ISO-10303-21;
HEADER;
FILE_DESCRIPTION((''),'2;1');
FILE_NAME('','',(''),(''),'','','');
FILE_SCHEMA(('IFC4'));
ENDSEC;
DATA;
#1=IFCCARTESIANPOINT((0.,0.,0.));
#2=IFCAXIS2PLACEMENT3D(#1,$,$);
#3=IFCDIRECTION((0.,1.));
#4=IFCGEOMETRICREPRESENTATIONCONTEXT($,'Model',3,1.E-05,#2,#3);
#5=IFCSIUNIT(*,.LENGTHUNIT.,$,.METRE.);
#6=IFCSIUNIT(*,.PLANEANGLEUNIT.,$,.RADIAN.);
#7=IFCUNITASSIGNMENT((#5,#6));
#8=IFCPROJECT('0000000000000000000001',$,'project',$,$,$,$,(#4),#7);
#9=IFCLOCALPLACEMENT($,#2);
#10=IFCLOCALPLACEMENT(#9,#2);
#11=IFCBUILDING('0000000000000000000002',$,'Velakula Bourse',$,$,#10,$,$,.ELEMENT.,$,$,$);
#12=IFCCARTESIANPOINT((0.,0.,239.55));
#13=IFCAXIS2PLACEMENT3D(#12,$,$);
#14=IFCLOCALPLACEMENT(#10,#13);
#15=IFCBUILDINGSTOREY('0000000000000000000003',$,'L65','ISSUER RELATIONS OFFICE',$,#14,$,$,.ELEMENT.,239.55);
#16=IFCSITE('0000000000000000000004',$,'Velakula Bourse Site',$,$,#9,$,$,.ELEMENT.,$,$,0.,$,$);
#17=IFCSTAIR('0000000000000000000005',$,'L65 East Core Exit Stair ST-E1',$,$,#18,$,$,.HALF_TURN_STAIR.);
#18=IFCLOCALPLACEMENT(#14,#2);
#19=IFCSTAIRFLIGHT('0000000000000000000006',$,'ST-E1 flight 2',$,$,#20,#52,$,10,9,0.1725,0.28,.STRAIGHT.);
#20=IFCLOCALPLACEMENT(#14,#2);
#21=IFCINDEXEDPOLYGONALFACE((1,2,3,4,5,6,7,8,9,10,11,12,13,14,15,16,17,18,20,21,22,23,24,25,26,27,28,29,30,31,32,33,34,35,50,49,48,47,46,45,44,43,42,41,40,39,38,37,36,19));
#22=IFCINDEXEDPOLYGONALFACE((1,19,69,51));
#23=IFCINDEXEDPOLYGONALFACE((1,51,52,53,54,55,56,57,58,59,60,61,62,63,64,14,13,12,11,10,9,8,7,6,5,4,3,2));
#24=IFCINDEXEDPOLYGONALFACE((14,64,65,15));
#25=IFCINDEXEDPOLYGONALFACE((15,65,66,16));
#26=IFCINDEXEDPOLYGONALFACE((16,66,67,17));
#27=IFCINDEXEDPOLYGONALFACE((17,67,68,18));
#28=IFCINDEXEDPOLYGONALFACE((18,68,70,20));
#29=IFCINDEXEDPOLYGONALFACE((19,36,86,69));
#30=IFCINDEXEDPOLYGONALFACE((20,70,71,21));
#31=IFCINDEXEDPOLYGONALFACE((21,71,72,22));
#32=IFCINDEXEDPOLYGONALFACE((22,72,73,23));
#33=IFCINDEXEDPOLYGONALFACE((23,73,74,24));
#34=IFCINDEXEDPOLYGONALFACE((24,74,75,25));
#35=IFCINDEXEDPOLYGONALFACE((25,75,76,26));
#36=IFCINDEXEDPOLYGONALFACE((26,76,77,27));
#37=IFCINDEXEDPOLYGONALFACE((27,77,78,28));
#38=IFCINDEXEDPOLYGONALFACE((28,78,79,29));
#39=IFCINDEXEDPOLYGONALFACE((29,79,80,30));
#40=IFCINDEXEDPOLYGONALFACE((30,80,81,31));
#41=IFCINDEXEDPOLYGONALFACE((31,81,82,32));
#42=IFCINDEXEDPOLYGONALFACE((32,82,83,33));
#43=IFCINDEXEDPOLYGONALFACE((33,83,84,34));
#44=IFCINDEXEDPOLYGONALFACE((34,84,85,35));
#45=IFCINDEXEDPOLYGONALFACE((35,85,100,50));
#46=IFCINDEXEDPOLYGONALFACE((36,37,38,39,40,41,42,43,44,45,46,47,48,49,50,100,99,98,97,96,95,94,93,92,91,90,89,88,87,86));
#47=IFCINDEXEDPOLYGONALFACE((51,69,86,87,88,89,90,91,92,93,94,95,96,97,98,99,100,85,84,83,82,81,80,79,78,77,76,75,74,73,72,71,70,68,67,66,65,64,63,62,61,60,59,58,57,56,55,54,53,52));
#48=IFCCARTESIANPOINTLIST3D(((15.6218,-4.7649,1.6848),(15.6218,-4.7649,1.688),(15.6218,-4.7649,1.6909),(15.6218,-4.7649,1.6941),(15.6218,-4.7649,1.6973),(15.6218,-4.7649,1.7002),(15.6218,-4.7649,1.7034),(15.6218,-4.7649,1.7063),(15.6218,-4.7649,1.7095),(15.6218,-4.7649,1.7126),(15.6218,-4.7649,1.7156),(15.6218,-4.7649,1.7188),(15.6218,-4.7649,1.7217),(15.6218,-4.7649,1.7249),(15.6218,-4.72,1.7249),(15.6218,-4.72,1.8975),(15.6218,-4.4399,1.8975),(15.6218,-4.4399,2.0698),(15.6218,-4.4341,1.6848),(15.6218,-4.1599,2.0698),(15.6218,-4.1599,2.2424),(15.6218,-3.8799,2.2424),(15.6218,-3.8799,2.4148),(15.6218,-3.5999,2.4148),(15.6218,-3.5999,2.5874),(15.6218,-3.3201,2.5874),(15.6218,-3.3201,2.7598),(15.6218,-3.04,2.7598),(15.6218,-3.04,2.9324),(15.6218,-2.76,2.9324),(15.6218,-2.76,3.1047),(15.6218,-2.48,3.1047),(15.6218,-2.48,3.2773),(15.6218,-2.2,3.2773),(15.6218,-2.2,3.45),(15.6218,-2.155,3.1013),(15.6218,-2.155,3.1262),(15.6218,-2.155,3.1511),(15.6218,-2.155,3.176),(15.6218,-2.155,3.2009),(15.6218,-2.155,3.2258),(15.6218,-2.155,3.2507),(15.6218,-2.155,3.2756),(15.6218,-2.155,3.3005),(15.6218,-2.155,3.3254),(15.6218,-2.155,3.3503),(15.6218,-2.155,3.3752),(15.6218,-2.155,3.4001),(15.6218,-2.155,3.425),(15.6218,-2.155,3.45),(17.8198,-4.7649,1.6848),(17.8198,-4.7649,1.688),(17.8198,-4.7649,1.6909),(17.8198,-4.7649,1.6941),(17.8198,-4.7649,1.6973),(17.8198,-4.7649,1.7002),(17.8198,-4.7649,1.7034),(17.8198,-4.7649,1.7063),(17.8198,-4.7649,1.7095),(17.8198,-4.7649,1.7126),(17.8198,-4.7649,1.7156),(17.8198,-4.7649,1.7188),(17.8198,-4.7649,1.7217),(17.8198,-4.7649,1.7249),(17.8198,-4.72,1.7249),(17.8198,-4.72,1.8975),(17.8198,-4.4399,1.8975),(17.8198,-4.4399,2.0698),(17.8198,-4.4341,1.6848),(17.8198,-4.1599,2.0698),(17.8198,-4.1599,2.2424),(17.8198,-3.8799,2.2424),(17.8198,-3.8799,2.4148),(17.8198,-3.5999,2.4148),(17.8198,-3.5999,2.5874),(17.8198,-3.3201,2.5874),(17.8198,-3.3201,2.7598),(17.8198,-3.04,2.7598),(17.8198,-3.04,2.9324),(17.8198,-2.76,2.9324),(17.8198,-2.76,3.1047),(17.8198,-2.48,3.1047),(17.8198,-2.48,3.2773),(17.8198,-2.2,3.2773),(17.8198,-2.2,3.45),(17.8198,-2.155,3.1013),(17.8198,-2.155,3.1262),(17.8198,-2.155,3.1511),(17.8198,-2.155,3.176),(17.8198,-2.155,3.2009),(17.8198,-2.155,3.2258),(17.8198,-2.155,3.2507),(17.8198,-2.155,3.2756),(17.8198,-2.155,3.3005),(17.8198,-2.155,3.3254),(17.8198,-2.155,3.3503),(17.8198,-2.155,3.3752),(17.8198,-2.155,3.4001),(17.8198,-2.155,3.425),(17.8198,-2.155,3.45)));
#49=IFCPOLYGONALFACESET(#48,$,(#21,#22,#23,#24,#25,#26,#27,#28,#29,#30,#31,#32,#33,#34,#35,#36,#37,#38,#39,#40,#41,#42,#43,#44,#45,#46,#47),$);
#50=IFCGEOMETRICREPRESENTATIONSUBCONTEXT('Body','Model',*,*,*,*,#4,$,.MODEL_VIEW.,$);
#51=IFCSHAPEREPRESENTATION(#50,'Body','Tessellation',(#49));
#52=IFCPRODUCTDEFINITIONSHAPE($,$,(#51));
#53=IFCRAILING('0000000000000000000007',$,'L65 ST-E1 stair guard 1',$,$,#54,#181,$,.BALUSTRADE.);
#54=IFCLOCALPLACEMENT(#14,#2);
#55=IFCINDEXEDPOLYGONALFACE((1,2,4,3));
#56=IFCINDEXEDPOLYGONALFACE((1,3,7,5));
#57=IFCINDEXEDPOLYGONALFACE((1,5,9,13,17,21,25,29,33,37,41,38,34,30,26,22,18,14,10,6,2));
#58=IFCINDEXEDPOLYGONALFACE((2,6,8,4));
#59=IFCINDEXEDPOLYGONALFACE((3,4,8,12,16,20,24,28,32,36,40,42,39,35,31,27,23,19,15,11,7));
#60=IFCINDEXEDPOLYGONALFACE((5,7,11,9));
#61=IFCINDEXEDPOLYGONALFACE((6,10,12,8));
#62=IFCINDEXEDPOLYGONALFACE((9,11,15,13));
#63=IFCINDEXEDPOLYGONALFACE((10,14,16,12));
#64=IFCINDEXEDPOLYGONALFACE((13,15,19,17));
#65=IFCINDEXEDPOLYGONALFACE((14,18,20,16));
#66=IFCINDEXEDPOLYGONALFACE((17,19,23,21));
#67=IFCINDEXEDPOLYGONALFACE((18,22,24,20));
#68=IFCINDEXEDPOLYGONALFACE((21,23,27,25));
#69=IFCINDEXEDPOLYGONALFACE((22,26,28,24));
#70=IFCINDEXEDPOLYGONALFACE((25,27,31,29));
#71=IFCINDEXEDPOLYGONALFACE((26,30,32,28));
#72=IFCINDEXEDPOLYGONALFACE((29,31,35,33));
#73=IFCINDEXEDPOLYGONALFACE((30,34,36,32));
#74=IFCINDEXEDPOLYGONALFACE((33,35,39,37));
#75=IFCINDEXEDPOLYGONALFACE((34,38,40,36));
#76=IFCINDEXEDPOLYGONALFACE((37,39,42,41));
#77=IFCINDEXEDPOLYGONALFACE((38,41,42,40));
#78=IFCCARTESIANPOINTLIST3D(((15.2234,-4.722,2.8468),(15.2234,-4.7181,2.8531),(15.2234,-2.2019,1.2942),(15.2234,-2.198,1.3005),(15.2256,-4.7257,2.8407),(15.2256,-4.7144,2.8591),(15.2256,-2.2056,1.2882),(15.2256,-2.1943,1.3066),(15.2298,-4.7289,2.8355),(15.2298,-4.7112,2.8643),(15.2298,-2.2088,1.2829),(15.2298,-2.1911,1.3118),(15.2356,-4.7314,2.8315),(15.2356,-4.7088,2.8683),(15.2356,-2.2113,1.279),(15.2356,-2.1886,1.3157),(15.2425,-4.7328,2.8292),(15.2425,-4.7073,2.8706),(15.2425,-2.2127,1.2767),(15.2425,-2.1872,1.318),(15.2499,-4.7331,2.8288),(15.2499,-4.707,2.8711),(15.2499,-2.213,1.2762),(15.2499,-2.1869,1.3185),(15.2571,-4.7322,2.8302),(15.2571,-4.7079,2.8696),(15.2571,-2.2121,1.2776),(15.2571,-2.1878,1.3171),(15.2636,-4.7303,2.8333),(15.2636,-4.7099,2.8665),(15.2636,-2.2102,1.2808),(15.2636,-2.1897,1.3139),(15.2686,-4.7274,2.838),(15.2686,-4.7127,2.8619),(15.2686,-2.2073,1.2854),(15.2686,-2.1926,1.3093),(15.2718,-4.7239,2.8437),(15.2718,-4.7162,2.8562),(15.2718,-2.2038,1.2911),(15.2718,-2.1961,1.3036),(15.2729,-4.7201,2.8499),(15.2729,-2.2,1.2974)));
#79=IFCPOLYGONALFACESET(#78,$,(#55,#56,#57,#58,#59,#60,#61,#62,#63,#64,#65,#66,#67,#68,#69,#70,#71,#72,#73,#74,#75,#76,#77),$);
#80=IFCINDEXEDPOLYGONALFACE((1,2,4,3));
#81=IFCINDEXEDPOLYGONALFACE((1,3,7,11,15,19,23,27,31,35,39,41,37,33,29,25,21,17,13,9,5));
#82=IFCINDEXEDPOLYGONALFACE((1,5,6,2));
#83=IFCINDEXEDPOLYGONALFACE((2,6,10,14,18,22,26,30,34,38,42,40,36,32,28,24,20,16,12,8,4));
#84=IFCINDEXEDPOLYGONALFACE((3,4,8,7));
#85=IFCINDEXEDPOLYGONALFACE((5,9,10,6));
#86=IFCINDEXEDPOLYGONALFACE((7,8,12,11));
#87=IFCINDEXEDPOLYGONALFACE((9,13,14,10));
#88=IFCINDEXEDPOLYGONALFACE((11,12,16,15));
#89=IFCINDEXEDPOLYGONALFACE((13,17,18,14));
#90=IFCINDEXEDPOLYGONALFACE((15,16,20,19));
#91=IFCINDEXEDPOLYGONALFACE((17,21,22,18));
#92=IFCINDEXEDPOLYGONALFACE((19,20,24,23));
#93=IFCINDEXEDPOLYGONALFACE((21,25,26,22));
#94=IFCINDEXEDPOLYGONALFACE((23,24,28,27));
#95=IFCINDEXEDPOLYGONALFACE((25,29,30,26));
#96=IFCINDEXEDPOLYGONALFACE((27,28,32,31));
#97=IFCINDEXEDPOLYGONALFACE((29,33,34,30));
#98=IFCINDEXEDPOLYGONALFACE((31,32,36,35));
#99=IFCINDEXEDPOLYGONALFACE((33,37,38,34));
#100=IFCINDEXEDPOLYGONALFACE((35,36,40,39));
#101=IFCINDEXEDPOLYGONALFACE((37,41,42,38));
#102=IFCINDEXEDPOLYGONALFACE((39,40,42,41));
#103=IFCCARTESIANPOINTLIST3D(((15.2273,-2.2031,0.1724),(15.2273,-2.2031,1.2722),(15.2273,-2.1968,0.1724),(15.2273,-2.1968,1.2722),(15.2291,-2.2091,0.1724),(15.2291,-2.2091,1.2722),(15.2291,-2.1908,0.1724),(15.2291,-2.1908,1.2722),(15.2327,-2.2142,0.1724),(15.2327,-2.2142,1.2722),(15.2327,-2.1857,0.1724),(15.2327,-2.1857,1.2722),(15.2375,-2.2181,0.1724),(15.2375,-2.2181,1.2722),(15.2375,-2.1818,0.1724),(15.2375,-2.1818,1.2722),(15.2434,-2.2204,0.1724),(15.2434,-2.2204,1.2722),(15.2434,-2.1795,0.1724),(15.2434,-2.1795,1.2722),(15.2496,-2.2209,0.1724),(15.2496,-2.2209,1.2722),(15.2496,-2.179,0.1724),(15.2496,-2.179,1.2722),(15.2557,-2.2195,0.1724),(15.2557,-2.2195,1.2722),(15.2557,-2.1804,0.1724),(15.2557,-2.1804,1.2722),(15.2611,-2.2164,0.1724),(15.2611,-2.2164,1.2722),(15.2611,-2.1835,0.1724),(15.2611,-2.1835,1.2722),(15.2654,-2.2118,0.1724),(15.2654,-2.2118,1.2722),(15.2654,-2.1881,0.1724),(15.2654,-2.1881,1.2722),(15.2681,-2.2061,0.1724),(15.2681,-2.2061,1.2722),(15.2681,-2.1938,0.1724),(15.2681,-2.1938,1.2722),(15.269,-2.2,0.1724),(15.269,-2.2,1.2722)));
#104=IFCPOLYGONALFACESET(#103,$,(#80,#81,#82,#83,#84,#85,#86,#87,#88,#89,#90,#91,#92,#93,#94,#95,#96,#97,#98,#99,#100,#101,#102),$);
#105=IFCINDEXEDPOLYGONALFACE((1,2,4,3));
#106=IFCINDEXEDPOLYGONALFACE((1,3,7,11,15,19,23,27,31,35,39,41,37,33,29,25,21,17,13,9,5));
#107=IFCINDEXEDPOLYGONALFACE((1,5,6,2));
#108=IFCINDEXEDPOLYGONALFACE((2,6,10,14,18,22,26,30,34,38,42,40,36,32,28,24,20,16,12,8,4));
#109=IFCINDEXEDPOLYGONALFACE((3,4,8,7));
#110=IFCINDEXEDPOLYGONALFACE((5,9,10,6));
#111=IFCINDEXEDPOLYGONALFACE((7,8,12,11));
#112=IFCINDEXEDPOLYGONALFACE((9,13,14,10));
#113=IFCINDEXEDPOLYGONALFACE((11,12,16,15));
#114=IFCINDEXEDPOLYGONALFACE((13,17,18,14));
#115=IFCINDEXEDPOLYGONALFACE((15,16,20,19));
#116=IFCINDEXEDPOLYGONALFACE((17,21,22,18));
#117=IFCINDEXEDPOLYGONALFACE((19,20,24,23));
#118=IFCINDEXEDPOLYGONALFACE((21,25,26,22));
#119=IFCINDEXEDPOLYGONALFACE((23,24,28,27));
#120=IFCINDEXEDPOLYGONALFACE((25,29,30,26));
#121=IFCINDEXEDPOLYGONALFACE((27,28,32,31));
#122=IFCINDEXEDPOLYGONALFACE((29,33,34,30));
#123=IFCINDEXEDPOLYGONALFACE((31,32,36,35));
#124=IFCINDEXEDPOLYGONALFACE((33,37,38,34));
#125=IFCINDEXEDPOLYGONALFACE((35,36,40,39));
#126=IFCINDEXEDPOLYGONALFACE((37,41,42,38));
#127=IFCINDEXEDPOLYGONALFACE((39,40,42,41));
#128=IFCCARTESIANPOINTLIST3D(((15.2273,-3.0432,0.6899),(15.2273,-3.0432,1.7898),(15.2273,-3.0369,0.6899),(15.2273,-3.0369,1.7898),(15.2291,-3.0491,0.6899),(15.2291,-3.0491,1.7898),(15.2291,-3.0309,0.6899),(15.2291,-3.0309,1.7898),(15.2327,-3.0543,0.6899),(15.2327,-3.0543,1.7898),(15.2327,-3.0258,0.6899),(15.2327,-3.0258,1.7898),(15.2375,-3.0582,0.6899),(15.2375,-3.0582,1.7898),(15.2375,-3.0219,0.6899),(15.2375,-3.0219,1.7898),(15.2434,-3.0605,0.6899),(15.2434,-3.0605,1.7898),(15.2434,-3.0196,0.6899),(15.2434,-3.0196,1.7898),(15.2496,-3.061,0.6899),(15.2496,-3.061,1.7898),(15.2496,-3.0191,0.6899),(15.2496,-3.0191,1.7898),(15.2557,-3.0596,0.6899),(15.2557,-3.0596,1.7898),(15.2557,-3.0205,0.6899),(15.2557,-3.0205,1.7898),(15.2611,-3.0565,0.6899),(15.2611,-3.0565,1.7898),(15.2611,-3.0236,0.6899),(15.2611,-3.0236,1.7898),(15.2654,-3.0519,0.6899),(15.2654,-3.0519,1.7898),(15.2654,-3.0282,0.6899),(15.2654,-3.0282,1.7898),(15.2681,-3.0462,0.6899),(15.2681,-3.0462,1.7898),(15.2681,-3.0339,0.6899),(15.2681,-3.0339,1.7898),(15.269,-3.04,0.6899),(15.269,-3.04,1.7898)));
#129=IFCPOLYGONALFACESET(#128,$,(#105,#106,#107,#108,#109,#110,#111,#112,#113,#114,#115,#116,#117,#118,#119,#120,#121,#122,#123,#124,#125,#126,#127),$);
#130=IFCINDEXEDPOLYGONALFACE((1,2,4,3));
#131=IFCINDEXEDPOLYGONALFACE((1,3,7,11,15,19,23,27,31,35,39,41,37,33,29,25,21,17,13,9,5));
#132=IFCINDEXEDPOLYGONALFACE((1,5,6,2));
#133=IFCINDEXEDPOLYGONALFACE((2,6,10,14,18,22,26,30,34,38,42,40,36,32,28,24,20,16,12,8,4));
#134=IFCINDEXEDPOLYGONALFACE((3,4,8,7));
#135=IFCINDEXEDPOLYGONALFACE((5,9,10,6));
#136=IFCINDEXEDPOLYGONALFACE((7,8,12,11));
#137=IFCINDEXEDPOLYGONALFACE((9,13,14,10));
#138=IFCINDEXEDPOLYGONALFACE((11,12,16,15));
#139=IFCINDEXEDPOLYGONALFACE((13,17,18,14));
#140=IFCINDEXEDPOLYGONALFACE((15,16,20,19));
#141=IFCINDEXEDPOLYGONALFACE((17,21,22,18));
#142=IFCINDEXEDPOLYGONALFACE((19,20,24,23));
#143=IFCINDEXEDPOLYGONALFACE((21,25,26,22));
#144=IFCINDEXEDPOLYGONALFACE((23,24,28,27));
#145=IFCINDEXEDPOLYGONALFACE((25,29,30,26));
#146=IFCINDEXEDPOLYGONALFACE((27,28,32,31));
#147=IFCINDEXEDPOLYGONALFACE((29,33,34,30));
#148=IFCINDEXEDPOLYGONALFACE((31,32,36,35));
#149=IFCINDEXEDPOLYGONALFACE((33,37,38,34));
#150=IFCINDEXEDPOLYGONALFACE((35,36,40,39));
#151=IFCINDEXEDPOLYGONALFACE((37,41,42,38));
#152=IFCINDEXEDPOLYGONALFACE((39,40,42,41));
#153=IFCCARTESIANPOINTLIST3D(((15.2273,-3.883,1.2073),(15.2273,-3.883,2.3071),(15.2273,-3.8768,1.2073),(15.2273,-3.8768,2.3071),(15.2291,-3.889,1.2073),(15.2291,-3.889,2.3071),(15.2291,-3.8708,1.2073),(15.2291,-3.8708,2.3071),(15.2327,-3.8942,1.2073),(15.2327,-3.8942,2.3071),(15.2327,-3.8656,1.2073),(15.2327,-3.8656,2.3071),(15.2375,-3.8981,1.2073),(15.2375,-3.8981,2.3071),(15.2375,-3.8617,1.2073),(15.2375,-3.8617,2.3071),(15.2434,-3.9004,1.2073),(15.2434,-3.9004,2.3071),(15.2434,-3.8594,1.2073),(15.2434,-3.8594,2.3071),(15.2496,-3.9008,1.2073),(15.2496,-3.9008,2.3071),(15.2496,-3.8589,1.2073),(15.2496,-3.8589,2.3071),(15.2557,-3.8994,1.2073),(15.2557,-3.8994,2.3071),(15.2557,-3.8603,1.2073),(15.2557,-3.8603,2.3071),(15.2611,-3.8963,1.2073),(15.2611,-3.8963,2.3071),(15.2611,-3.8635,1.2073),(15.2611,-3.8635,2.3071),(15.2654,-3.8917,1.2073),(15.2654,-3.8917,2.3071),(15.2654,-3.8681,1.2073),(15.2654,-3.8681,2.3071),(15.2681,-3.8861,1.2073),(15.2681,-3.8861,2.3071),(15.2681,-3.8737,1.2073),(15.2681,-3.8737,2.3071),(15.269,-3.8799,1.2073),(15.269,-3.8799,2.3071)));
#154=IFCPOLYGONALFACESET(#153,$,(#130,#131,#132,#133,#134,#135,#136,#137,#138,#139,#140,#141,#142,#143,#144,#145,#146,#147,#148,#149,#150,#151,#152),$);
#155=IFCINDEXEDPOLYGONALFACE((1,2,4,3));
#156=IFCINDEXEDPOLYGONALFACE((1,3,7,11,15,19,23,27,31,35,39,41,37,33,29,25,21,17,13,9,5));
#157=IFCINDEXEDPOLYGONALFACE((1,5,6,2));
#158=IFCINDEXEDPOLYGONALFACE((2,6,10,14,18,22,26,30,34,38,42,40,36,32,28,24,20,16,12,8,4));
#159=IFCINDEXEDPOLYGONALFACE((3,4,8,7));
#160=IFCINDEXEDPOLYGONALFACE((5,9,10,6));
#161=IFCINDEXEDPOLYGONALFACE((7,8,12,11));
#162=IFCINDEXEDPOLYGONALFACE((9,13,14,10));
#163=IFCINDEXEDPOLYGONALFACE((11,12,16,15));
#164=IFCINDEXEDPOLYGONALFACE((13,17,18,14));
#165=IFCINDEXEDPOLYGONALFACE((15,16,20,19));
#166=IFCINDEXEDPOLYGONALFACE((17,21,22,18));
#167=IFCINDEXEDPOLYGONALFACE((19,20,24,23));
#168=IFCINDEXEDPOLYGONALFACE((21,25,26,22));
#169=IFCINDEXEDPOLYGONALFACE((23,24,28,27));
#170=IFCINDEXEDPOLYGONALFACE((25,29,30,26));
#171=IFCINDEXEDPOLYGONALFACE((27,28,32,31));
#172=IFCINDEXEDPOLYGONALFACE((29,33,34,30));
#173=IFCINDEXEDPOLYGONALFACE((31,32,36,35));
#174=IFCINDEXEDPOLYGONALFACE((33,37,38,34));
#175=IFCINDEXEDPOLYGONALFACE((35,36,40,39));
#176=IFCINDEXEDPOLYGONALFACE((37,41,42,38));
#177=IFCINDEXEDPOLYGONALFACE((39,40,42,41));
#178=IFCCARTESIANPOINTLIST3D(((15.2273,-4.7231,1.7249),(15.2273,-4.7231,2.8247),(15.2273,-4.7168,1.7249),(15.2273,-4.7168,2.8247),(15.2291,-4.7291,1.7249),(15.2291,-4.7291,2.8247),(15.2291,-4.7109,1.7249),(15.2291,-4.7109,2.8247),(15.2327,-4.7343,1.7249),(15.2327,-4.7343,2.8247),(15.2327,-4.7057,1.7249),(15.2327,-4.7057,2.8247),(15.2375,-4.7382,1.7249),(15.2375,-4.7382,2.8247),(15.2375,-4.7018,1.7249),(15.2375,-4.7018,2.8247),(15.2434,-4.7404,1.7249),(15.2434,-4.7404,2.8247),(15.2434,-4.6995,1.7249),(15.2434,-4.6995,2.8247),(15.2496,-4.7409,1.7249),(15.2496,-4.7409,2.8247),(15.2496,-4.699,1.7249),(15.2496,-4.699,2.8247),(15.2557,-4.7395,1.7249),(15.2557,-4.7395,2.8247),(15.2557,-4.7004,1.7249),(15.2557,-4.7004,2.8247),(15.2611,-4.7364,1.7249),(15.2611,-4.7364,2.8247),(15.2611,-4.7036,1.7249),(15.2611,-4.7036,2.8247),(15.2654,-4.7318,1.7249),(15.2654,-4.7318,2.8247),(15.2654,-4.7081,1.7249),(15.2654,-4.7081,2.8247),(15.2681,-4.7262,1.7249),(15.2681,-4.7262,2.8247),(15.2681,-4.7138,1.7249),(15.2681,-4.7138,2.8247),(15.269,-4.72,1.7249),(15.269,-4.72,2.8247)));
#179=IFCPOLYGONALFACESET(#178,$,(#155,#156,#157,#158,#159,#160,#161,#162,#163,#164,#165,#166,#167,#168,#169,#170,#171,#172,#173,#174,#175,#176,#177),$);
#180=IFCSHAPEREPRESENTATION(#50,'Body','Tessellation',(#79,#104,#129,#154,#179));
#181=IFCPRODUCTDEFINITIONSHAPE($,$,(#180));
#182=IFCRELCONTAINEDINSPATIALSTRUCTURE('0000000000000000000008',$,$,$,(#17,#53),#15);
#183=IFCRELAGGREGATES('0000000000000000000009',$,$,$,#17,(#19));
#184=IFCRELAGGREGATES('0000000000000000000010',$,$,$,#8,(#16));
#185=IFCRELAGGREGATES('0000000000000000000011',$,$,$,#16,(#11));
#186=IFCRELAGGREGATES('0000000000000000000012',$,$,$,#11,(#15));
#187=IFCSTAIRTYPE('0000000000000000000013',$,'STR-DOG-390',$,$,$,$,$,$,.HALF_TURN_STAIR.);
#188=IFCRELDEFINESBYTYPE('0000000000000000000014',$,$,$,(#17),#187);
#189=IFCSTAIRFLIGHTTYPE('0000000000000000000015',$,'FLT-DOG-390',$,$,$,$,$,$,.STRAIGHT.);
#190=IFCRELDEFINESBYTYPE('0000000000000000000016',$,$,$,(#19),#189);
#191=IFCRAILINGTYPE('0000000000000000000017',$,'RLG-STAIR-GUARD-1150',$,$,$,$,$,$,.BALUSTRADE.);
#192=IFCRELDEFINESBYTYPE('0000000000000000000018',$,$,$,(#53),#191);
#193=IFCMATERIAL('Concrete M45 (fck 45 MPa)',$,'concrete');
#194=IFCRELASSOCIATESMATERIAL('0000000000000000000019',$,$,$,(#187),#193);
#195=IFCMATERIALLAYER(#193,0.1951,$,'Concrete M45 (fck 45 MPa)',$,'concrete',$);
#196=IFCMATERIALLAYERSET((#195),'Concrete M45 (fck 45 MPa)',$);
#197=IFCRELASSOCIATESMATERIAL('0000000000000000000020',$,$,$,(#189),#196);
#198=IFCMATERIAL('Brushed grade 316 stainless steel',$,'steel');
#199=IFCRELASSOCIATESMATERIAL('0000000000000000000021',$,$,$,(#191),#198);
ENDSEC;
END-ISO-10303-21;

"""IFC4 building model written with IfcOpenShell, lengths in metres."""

from ifc_helpers import new_model, si_unit, direction, frame, origin, origin_2d, place, context, subcontext, project, spatial, polyline, circle, outline, extrude, material, layer, layer_set, type_object, element, aggregate, save


model = new_model("IFC4")

# Units and contexts
model_context = context("Model", 3, precision=1e-05, world=origin(), true_north=direction((0.0, 1.0)))
body_context = subcontext(model_context, "Body", "Model", "MODEL_VIEW")
ifc_project = project(units=[si_unit("LENGTHUNIT", "METRE"), si_unit("PLANEANGLEUNIT", "RADIAN")], contexts=[model_context])

# Site, building, storey
site_placement = place(None, origin())
site = spatial("IfcSite", under=ifc_project, at=site_placement, Name="Velakula Bourse Site", CompositionType="ELEMENT", RefElevation=0.0)
building_placement = place(site_placement, origin())
building = spatial("IfcBuilding", under=site, at=building_placement, Name="Velakula Bourse", CompositionType="ELEMENT")
storey_placement = place(building_placement, frame((0.0, 0.0, 239.55)))
storey = spatial("IfcBuildingStorey", under=building, at=storey_placement, Name="L65", Description="ISSUER RELATIONS OFFICE", CompositionType="ELEMENT", Elevation=239.55)

# Shared definitions
ifc_material_1 = material(Name="Brushed grade 316 stainless steel", Category="steel")

# Stair, stair flight
ifc_material_2 = material(Name="Concrete M45 (fck 45 MPa)", Category="concrete")
stair_type = type_object("IfcStairType", Name="STR-DOG-390", PredefinedType="HALF_TURN_STAIR", material=ifc_material_2)
stair_placement = place(storey_placement, origin())
stair = element("IfcStair", 1, at=stair_placement, inside=storey, type_object=stair_type, Name="L65 East Core Exit Stair ST-E1", PredefinedType="HALF_TURN_STAIR")
ifc_layer_1 = layer(ifc_material_2, 0.1951, Name="Concrete M45 (fck 45 MPa)", Category="concrete")
ifc_layer_set_1 = layer_set([ifc_layer_1], Name="Concrete M45 (fck 45 MPa)")
stair_flight_type = type_object("IfcStairFlightType", Name="FLT-DOG-390", PredefinedType="STRAIGHT", material=ifc_layer_set_1)
stair_flight_1_placement = place(storey_placement, frame((16.7209, -4.72, 1.7249), z_axis=(0.0, 0.0, 1.0), x_axis=(0.0, 1.0, 0.0)))
stair_flight_1 = element("IfcStairFlight", 2, at=stair_flight_1_placement, type_object=stair_flight_type, Name="ST-E1 flight 2", NumberOfRisers=10, NumberOfTreads=9, PredefinedType="STRAIGHT", RiserHeight=0.1725, TreadLength=0.28, context=body_context, shape_type="SweptSolid", body=[
    extrude(outline(polyline([(-0.0449, -0.04), (-0.0449, -0.0369), (-0.0449, -0.0339), (-0.0449, -0.0308), (-0.0449, -0.0276), (-0.0449, -0.0247), (-0.0449, -0.0215), (-0.0449, -0.0186), (-0.0449, -0.0154), (-0.0449, -0.0122), (-0.0449, -0.0093), (-0.0449, -0.0061), (-0.0449, -0.0032), (-0.0449, 0.0), (0.0, 0.0), (0.0, 0.1726), (0.28, 0.1726), (0.28, 0.345), (0.5601, 0.345), (0.5601, 0.5176), (0.8401, 0.5176), (0.8401, 0.6899), (1.1201, 0.6899), (1.1201, 0.8625), (1.3999, 0.8625), (1.3999, 1.0349), (1.6799, 1.0349), (1.6799, 1.2075), (1.96, 1.2075), (1.96, 1.3799), (2.24, 1.3799), (2.24, 1.5525), (2.52, 1.5525), (2.52, 1.7251), (2.5649, 1.7251), (2.5649, 1.7002), (2.5649, 1.6753), (2.5649, 1.6504), (2.5649, 1.6255), (2.5649, 1.6006), (2.5649, 1.5757), (2.5649, 1.5508), (2.5649, 1.5259), (2.5649, 1.501), (2.5649, 1.4761), (2.5649, 1.4512), (2.5649, 1.4263), (2.5649, 1.4014), (2.5649, 1.3765), (0.2859, -0.04), (-0.0449, -0.04)])), frame((0.0, 1.0991, 0.0), z_axis=(0.0, -1.0, 0.0), x_axis=(1.0, 0.0, 0.0)), (0.0, 0.0, 1.0), 2.198),
])
aggregate(stair, [stair_flight_1])

# Railing
railing_type_1 = type_object("IfcRailingType", Name="RLG-STAIR-GUARD-1150", PredefinedType="BALUSTRADE", material=ifc_material_1)
railing_1_placement = place(storey_placement, frame((15.248, -2.2, 0.1724)))
element("IfcRailing", 3, at=railing_1_placement, inside=storey, type_object=railing_type_1, Name="L65 ST-E1 stair guard 1", PredefinedType="BALUSTRADE", context=body_context, shape_type="SweptSolid", body=[
    extrude(circle(Radius=0.0249, at=origin_2d()), frame((0.0, 0.0, 1.125), z_axis=(0.0, -0.8514, 0.524516), x_axis=(1.0, 0.0, 0.0)), (0.0, 0.0, 1.0), 2.96),
    extrude(circle(Radius=0.021, at=origin_2d()), origin(), (0.0, 0.0, 1.0), 1.0999),
    extrude(circle(Radius=0.021, at=origin_2d()), frame((0.0, -0.8401, 0.5176)), (0.0, 0.0, 1.0), 1.0999),
    extrude(circle(Radius=0.021, at=origin_2d()), frame((0.0, -1.6799, 1.0349)), (0.0, 0.0, 1.0), 1.0999),
    extrude(circle(Radius=0.021, at=origin_2d()), frame((0.0, -2.52, 1.5525)), (0.0, 0.0, 1.0), 1.0999),
])

save(model, "model.ifc")
